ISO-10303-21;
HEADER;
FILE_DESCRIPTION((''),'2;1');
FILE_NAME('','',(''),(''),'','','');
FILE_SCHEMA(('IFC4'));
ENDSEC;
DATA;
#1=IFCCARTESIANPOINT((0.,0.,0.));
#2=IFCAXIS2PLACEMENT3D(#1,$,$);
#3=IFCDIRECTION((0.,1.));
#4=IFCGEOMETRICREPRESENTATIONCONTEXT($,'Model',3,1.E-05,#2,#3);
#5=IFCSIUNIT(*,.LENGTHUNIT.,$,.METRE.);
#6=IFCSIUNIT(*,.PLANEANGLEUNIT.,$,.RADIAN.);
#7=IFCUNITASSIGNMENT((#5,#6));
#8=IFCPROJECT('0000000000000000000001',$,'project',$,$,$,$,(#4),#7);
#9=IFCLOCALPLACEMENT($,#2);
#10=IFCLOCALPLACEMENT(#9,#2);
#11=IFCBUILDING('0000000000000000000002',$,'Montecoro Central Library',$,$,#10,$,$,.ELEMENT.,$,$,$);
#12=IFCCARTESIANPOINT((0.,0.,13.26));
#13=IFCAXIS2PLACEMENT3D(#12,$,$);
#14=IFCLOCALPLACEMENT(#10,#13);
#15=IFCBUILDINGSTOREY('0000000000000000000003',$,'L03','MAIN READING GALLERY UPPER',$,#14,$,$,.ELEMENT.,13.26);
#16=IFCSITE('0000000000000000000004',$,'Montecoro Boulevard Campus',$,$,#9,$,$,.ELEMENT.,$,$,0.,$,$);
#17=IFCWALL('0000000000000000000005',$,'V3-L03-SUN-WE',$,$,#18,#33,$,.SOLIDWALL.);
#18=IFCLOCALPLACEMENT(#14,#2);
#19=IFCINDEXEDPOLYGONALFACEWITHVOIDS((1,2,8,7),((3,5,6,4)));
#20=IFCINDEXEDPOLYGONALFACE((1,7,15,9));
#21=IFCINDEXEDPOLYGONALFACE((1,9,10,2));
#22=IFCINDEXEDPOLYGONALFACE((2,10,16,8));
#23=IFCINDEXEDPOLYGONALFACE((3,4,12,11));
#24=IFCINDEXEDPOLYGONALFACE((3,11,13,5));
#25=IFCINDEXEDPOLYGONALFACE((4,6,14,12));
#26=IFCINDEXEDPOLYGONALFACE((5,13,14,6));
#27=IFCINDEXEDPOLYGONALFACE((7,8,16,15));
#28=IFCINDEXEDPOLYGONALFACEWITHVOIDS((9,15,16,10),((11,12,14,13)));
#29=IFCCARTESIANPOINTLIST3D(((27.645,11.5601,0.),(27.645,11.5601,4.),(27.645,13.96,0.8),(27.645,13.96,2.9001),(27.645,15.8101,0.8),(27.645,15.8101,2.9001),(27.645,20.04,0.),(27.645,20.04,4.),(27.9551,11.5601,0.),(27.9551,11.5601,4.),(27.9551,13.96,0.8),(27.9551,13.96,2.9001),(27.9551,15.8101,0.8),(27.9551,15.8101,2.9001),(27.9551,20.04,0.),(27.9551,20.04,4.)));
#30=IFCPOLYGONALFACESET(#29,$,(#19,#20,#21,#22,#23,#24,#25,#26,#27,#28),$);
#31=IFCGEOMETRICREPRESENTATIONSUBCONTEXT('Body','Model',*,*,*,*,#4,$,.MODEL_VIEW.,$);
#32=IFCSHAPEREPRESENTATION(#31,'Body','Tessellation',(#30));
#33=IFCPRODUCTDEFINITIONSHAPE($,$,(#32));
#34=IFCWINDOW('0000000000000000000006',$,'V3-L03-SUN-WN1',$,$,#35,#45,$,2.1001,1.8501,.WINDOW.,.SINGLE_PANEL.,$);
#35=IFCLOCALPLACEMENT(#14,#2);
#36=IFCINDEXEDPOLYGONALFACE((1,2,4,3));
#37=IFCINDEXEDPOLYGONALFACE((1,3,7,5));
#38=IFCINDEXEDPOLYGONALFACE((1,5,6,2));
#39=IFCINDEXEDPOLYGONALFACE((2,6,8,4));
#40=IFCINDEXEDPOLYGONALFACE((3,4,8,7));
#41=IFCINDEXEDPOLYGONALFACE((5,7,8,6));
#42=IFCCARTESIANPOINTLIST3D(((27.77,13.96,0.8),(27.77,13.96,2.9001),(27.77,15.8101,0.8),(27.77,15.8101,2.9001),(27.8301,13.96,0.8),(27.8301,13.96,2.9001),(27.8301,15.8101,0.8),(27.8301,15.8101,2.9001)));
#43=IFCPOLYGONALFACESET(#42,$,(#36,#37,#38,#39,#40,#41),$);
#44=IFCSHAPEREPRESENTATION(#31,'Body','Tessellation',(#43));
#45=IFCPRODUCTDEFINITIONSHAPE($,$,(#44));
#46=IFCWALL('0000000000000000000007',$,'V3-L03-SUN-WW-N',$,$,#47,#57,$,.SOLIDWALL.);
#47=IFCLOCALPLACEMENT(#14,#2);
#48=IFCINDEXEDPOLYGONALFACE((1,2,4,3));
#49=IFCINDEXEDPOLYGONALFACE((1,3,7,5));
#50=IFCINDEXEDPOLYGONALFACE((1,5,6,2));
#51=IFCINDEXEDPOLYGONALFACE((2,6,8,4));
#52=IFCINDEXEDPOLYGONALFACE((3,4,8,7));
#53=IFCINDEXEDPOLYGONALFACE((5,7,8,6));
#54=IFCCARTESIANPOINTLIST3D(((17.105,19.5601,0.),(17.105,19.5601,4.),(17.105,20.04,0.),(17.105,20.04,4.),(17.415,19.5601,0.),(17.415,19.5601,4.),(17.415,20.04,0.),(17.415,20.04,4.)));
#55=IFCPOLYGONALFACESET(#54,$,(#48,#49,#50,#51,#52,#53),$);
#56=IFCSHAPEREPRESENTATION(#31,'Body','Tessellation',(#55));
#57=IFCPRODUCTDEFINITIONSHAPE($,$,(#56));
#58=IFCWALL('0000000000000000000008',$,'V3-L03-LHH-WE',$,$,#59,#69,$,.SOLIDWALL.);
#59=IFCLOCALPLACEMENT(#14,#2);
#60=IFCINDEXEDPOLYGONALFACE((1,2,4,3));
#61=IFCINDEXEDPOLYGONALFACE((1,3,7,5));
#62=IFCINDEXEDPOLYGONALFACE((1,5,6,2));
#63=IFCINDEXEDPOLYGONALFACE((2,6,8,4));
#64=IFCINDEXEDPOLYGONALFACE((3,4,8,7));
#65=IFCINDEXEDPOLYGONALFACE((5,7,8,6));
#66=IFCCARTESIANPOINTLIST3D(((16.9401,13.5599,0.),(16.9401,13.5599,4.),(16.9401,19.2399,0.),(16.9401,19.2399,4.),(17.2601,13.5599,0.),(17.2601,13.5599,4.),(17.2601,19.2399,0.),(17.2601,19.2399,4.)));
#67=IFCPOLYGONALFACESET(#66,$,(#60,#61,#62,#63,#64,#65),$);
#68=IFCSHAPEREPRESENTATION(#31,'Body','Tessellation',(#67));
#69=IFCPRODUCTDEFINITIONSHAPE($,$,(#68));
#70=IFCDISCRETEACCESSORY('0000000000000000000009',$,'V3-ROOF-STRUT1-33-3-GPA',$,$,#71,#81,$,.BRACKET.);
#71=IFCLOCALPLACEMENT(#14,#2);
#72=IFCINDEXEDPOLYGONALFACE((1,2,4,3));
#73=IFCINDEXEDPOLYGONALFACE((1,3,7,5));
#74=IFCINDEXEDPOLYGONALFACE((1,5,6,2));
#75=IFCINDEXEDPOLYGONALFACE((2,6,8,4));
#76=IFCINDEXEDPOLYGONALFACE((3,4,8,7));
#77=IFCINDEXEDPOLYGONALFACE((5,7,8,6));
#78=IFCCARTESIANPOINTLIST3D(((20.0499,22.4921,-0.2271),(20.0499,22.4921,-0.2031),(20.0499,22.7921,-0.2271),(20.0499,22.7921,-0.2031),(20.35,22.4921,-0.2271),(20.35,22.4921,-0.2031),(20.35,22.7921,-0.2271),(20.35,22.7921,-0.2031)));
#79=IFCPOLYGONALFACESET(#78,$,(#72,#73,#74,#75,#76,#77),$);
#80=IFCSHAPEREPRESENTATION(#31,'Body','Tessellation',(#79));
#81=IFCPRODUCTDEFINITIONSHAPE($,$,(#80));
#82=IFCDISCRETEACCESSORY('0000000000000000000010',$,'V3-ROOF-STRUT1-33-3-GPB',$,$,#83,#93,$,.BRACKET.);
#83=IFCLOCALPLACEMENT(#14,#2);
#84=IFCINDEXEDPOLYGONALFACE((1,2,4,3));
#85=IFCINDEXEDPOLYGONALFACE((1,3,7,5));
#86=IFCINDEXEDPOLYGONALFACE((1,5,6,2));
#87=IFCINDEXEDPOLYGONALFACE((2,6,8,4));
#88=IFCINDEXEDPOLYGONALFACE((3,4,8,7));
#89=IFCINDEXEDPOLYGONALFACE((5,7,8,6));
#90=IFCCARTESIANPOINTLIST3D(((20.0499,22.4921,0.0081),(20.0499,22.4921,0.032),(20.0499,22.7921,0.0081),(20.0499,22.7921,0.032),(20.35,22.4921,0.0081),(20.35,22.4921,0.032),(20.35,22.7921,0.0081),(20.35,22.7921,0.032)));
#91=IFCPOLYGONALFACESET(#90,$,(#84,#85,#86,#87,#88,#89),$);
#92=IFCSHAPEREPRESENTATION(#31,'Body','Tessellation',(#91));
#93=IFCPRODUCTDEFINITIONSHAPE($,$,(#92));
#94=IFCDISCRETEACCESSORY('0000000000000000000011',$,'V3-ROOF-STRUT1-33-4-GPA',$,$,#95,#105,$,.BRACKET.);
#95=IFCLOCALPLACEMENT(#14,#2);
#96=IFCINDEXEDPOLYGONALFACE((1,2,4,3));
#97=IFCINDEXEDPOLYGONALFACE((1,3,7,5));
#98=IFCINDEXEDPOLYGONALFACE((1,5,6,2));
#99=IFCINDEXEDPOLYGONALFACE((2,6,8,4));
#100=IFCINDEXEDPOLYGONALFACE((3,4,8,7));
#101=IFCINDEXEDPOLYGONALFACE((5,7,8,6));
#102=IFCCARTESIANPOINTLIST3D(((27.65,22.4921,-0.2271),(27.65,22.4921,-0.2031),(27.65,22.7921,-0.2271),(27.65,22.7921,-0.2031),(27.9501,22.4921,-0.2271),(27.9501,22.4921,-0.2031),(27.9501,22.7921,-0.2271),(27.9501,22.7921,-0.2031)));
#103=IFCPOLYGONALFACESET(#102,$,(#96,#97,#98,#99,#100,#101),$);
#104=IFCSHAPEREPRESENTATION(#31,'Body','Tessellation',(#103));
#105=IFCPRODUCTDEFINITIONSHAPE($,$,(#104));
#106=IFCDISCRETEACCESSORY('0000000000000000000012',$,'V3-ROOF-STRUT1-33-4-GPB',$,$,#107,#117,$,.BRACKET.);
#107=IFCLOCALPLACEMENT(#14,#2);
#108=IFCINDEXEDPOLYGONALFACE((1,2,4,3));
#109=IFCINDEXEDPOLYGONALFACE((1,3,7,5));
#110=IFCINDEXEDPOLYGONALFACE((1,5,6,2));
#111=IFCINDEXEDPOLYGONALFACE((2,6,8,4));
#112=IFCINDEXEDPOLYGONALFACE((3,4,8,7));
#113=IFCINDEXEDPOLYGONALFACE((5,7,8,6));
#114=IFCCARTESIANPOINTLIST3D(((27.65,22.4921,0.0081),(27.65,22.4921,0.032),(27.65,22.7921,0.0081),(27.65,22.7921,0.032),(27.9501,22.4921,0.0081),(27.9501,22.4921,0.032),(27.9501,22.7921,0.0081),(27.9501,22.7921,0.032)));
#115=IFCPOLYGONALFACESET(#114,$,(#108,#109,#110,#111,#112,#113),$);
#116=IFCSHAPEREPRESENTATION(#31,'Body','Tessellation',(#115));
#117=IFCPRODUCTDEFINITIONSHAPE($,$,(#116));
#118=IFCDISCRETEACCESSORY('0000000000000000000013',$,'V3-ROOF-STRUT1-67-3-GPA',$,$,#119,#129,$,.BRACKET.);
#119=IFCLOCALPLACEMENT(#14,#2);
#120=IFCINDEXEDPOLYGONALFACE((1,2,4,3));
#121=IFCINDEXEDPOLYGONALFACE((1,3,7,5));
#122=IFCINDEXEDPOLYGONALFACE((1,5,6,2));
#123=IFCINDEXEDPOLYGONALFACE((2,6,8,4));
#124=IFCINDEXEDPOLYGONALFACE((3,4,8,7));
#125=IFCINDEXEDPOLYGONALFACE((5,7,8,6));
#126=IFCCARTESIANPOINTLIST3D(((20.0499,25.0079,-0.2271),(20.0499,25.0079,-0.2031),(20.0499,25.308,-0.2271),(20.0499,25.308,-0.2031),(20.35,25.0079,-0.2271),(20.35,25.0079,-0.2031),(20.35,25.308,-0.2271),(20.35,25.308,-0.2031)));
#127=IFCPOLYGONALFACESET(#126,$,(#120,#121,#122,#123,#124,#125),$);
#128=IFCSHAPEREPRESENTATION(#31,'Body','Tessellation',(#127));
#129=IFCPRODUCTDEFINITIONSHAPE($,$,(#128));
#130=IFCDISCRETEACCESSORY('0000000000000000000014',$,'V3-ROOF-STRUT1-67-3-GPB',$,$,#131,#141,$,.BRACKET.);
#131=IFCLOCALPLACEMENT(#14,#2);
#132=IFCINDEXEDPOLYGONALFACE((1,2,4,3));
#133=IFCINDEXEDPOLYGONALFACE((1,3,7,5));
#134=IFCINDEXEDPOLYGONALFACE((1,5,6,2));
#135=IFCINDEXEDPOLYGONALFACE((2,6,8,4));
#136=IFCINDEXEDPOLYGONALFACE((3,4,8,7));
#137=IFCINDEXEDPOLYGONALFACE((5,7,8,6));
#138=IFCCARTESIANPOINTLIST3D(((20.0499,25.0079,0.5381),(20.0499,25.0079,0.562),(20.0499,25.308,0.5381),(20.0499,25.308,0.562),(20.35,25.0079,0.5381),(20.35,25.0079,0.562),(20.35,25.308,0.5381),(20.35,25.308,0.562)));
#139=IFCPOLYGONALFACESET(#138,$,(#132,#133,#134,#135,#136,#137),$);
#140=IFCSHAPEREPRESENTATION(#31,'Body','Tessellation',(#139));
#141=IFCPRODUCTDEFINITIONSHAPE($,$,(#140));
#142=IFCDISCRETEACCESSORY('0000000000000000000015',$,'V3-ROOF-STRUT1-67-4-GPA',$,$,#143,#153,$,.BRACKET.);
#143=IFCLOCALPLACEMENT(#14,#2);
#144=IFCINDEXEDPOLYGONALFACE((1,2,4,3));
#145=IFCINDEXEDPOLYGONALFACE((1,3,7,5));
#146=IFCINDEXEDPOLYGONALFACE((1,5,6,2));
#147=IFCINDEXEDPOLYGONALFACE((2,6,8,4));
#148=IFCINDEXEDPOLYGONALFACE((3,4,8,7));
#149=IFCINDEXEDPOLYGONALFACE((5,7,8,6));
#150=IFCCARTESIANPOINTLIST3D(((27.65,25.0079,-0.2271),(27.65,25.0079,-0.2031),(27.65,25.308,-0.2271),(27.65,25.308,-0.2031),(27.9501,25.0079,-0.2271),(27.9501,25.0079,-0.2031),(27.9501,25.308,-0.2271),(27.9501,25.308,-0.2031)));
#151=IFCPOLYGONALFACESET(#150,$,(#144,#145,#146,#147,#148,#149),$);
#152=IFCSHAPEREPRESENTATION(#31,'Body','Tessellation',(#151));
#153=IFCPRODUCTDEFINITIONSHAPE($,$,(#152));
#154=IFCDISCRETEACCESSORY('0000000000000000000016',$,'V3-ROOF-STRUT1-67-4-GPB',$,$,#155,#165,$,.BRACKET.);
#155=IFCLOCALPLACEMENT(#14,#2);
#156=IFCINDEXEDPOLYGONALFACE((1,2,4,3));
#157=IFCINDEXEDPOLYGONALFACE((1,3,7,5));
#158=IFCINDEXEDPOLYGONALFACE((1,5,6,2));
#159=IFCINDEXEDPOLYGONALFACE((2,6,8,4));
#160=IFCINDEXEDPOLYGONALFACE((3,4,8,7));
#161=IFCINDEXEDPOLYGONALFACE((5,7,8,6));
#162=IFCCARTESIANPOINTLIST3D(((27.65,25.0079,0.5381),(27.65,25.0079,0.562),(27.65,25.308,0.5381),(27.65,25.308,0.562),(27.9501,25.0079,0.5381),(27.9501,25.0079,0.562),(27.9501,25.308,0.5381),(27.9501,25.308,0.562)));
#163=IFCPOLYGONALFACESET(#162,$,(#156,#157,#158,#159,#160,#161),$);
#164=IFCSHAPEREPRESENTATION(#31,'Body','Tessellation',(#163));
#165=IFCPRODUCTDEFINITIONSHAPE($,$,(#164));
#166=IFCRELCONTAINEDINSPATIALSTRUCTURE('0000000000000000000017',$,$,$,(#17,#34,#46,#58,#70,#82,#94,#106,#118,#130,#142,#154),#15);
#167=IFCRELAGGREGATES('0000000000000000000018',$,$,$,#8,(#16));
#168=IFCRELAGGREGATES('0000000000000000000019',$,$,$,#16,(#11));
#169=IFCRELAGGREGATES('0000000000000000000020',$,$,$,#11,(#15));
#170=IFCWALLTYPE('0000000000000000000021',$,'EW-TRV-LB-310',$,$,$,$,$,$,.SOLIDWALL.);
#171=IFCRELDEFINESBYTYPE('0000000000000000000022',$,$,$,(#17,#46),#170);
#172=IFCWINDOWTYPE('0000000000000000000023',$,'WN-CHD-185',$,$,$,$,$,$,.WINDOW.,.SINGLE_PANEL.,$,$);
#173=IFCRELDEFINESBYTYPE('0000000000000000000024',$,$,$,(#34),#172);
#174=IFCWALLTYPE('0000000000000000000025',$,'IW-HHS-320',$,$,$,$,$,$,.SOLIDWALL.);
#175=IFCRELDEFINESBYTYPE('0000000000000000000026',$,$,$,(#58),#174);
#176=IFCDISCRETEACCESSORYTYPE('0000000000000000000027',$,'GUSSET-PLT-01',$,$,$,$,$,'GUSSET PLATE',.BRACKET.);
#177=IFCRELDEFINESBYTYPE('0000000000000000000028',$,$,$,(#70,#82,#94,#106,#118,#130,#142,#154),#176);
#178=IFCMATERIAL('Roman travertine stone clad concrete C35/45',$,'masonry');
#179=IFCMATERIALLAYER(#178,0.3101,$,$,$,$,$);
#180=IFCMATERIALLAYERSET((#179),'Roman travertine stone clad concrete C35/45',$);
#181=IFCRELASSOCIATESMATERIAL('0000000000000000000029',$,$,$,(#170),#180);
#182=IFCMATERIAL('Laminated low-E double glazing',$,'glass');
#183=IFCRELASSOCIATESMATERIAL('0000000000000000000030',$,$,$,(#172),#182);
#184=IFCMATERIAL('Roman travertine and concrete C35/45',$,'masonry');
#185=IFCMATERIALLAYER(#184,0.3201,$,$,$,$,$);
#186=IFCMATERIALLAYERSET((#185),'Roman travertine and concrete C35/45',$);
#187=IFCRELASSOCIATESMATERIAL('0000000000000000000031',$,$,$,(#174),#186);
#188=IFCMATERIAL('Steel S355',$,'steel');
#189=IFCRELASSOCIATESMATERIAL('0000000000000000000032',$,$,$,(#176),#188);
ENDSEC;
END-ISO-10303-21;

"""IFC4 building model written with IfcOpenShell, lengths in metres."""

from ifc_helpers import new_model, si_unit, direction, frame, frame_2d, origin, origin_2d, place, context, subcontext, project, spatial, rectangle, extrude, material, layer, layer_set, type_object, element, fill, save


model = new_model("IFC4")

# Units and contexts
model_context = context("Model", 3, precision=1e-05, world=origin(), true_north=direction((0.0, 1.0)))
body_context = subcontext(model_context, "Body", "Model", "MODEL_VIEW")
ifc_project = project(units=[si_unit("LENGTHUNIT", "METRE"), si_unit("PLANEANGLEUNIT", "RADIAN")], contexts=[model_context])

# Site, building, storey
site_placement = place(None, origin())
site = spatial("IfcSite", under=ifc_project, at=site_placement, Name="Montecoro Boulevard Campus", CompositionType="ELEMENT", RefElevation=0.0)
building_placement = place(site_placement, origin())
building = spatial("IfcBuilding", under=site, at=building_placement, Name="Montecoro Central Library", CompositionType="ELEMENT")
storey_placement = place(building_placement, frame((0.0, 0.0, 13.26)))
storey = spatial("IfcBuildingStorey", under=building, at=storey_placement, Name="L03", Description="MAIN READING GALLERY UPPER", CompositionType="ELEMENT", Elevation=13.26)

# Shared definitions
ifc_material_1 = material(Name="Steel S355", Category="steel")

# Shared definitions
ifc_material_2 = material(Name="Laminated low-E double glazing", Category="glass")

# Shared definitions
ifc_material_3 = material(Name="Roman travertine and concrete C35/45", Category="masonry")
ifc_material_4 = material(Name="Roman travertine stone clad concrete C35/45", Category="masonry")
ifc_layer_1 = layer(ifc_material_4, 0.3101)
ifc_layer_set_1 = layer_set([ifc_layer_1], Name="Roman travertine stone clad concrete C35/45")
wall_type_1 = type_object("IfcWallType", Name="EW-TRV-LB-310", PredefinedType="SOLIDWALL", material=ifc_layer_set_1)

# Wall, opening, window
wall_1_placement = place(storey_placement, frame((27.8, 11.5601, 0.0), z_axis=(0.0, 0.0, 1.0), x_axis=(0.0, 1.0, 0.0)))
wall_1 = element("IfcWall", 1, at=wall_1_placement, inside=storey, type_object=wall_type_1, Name="V3-L03-SUN-WE", PredefinedType="SOLIDWALL", context=body_context, shape_type="SweptSolid", body=[
    extrude(rectangle(XDim=8.48, YDim=0.3101, at=frame_2d((4.24, 0.0))), origin(), (0.0, 0.0, 1.0), 4.0),
])
opening_placement = place(wall_1_placement, frame((2.3999, 0.0, 0.8)))
opening = element("IfcOpeningElement", 2, at=opening_placement, cuts=wall_1, PredefinedType="OPENING", context=body_context, shape_type="SweptSolid", body=[
    extrude(rectangle(XDim=1.8501, YDim=2.1001, at=frame_2d((0.925, 1.05))), frame((0.0, 0.165, 0.0), z_axis=(0.0, -1.0, 0.0), x_axis=(1.0, 0.0, 0.0)), (0.0, 0.0, 1.0), 0.3301),
])
window_type = type_object("IfcWindowType", Name="WN-CHD-185", PartitioningType="SINGLE_PANEL", PredefinedType="WINDOW", material=ifc_material_2)
window_placement = place(opening_placement, origin())
window = element("IfcWindow", 3, at=window_placement, inside=storey, type_object=window_type, Name="V3-L03-SUN-WN1", OverallHeight=2.1001, OverallWidth=1.8501, PartitioningType="SINGLE_PANEL", PredefinedType="WINDOW", context=body_context, shape_type="SweptSolid", body=[
    extrude(rectangle(XDim=1.8501, YDim=2.1001, at=frame_2d((0.925, 1.05))), frame((0.0, 0.03, 0.0), z_axis=(0.0, -1.0, 0.0), x_axis=(1.0, 0.0, 0.0)), (0.0, 0.0, 1.0), 0.0601),
])
fill(opening, window)

# Walls
wall_2_placement = place(storey_placement, frame((17.26, 19.5601, 0.0), z_axis=(0.0, 0.0, 1.0), x_axis=(0.0, 1.0, 0.0)))
element("IfcWall", 4, at=wall_2_placement, inside=storey, type_object=wall_type_1, Name="V3-L03-SUN-WW-N", PredefinedType="SOLIDWALL", context=body_context, shape_type="SweptSolid", body=[
    extrude(rectangle(XDim=0.48, YDim=0.3101, at=frame_2d((0.24, 0.0))), origin(), (0.0, 0.0, 1.0), 4.0),
])
ifc_layer_2 = layer(ifc_material_3, 0.3201)
ifc_layer_set_2 = layer_set([ifc_layer_2], Name="Roman travertine and concrete C35/45")
wall_type_2 = type_object("IfcWallType", Name="IW-HHS-320", PredefinedType="SOLIDWALL", material=ifc_layer_set_2)
wall_3_placement = place(storey_placement, frame((17.1001, 13.5601, 0.0), z_axis=(0.0, 0.0, 1.0), x_axis=(0.0, 1.0, 0.0)))
element("IfcWall", 5, at=wall_3_placement, inside=storey, type_object=wall_type_2, Name="V3-L03-LHH-WE", PredefinedType="SOLIDWALL", context=body_context, shape_type="SweptSolid", body=[
    extrude(rectangle(XDim=5.6799, YDim=0.3201, at=frame_2d((2.8398, 0.0))), origin(), (0.0, 0.0, 1.0), 4.0),
])

# Discrete accessories
discrete_accessory_type = type_object("IfcDiscreteAccessoryType", Name="GUSSET-PLT-01", ElementType="GUSSET PLATE", PredefinedType="BRACKET", material=ifc_material_1)
for number, where, z_axis, x_axis, name in (
    (6, (20.2, 22.6421, -0.2271), (0.0, 0.0, 1.0), (1.0, 0.0, 0.0), "V3-ROOF-STRUT1-33-3-GPA"),
    (7, (20.2, 22.6421, 0.0081), (0.0, 0.0, 1.0), (1.0, 0.0, 0.0), "V3-ROOF-STRUT1-33-3-GPB"),
    (8, (27.8, 22.6421, -0.2271), (0.0, 0.0, 1.0), (1.0, 0.0, 0.0), "V3-ROOF-STRUT1-33-4-GPA"),
    (9, (27.8, 22.6421, 0.0081), (0.0, 0.0, 1.0), (1.0, 0.0, 0.0), "V3-ROOF-STRUT1-33-4-GPB"),
    (10, (20.2, 25.158, -0.2271), (0.0, 0.0, 1.0), (1.0, 0.0, 0.0), "V3-ROOF-STRUT1-67-3-GPA"),
    (11, (20.2, 25.158, 0.5381), (0.0, 0.0, 1.0), (1.0, 0.0, 0.0), "V3-ROOF-STRUT1-67-3-GPB"),
    (12, (27.8, 25.158, -0.2271), (0.0, 0.0, 1.0), (1.0, 0.0, 0.0), "V3-ROOF-STRUT1-67-4-GPA"),
    (13, (27.8, 25.158, 0.5381), (0.0, 0.0, 1.0), (1.0, 0.0, 0.0), "V3-ROOF-STRUT1-67-4-GPB"),
):
    element("IfcDiscreteAccessory", number, at=place(storey_placement, frame(where, z_axis=z_axis, x_axis=x_axis)), inside=storey, type_object=discrete_accessory_type, Name=name, PredefinedType="BRACKET", context=body_context, shape_type="SweptSolid", body=[
        extrude(rectangle(XDim=0.3, YDim=0.3, at=origin_2d()), origin(), (0.0, 0.0, 1.0), 0.0239),
    ])

save(model, "model.ifc")
